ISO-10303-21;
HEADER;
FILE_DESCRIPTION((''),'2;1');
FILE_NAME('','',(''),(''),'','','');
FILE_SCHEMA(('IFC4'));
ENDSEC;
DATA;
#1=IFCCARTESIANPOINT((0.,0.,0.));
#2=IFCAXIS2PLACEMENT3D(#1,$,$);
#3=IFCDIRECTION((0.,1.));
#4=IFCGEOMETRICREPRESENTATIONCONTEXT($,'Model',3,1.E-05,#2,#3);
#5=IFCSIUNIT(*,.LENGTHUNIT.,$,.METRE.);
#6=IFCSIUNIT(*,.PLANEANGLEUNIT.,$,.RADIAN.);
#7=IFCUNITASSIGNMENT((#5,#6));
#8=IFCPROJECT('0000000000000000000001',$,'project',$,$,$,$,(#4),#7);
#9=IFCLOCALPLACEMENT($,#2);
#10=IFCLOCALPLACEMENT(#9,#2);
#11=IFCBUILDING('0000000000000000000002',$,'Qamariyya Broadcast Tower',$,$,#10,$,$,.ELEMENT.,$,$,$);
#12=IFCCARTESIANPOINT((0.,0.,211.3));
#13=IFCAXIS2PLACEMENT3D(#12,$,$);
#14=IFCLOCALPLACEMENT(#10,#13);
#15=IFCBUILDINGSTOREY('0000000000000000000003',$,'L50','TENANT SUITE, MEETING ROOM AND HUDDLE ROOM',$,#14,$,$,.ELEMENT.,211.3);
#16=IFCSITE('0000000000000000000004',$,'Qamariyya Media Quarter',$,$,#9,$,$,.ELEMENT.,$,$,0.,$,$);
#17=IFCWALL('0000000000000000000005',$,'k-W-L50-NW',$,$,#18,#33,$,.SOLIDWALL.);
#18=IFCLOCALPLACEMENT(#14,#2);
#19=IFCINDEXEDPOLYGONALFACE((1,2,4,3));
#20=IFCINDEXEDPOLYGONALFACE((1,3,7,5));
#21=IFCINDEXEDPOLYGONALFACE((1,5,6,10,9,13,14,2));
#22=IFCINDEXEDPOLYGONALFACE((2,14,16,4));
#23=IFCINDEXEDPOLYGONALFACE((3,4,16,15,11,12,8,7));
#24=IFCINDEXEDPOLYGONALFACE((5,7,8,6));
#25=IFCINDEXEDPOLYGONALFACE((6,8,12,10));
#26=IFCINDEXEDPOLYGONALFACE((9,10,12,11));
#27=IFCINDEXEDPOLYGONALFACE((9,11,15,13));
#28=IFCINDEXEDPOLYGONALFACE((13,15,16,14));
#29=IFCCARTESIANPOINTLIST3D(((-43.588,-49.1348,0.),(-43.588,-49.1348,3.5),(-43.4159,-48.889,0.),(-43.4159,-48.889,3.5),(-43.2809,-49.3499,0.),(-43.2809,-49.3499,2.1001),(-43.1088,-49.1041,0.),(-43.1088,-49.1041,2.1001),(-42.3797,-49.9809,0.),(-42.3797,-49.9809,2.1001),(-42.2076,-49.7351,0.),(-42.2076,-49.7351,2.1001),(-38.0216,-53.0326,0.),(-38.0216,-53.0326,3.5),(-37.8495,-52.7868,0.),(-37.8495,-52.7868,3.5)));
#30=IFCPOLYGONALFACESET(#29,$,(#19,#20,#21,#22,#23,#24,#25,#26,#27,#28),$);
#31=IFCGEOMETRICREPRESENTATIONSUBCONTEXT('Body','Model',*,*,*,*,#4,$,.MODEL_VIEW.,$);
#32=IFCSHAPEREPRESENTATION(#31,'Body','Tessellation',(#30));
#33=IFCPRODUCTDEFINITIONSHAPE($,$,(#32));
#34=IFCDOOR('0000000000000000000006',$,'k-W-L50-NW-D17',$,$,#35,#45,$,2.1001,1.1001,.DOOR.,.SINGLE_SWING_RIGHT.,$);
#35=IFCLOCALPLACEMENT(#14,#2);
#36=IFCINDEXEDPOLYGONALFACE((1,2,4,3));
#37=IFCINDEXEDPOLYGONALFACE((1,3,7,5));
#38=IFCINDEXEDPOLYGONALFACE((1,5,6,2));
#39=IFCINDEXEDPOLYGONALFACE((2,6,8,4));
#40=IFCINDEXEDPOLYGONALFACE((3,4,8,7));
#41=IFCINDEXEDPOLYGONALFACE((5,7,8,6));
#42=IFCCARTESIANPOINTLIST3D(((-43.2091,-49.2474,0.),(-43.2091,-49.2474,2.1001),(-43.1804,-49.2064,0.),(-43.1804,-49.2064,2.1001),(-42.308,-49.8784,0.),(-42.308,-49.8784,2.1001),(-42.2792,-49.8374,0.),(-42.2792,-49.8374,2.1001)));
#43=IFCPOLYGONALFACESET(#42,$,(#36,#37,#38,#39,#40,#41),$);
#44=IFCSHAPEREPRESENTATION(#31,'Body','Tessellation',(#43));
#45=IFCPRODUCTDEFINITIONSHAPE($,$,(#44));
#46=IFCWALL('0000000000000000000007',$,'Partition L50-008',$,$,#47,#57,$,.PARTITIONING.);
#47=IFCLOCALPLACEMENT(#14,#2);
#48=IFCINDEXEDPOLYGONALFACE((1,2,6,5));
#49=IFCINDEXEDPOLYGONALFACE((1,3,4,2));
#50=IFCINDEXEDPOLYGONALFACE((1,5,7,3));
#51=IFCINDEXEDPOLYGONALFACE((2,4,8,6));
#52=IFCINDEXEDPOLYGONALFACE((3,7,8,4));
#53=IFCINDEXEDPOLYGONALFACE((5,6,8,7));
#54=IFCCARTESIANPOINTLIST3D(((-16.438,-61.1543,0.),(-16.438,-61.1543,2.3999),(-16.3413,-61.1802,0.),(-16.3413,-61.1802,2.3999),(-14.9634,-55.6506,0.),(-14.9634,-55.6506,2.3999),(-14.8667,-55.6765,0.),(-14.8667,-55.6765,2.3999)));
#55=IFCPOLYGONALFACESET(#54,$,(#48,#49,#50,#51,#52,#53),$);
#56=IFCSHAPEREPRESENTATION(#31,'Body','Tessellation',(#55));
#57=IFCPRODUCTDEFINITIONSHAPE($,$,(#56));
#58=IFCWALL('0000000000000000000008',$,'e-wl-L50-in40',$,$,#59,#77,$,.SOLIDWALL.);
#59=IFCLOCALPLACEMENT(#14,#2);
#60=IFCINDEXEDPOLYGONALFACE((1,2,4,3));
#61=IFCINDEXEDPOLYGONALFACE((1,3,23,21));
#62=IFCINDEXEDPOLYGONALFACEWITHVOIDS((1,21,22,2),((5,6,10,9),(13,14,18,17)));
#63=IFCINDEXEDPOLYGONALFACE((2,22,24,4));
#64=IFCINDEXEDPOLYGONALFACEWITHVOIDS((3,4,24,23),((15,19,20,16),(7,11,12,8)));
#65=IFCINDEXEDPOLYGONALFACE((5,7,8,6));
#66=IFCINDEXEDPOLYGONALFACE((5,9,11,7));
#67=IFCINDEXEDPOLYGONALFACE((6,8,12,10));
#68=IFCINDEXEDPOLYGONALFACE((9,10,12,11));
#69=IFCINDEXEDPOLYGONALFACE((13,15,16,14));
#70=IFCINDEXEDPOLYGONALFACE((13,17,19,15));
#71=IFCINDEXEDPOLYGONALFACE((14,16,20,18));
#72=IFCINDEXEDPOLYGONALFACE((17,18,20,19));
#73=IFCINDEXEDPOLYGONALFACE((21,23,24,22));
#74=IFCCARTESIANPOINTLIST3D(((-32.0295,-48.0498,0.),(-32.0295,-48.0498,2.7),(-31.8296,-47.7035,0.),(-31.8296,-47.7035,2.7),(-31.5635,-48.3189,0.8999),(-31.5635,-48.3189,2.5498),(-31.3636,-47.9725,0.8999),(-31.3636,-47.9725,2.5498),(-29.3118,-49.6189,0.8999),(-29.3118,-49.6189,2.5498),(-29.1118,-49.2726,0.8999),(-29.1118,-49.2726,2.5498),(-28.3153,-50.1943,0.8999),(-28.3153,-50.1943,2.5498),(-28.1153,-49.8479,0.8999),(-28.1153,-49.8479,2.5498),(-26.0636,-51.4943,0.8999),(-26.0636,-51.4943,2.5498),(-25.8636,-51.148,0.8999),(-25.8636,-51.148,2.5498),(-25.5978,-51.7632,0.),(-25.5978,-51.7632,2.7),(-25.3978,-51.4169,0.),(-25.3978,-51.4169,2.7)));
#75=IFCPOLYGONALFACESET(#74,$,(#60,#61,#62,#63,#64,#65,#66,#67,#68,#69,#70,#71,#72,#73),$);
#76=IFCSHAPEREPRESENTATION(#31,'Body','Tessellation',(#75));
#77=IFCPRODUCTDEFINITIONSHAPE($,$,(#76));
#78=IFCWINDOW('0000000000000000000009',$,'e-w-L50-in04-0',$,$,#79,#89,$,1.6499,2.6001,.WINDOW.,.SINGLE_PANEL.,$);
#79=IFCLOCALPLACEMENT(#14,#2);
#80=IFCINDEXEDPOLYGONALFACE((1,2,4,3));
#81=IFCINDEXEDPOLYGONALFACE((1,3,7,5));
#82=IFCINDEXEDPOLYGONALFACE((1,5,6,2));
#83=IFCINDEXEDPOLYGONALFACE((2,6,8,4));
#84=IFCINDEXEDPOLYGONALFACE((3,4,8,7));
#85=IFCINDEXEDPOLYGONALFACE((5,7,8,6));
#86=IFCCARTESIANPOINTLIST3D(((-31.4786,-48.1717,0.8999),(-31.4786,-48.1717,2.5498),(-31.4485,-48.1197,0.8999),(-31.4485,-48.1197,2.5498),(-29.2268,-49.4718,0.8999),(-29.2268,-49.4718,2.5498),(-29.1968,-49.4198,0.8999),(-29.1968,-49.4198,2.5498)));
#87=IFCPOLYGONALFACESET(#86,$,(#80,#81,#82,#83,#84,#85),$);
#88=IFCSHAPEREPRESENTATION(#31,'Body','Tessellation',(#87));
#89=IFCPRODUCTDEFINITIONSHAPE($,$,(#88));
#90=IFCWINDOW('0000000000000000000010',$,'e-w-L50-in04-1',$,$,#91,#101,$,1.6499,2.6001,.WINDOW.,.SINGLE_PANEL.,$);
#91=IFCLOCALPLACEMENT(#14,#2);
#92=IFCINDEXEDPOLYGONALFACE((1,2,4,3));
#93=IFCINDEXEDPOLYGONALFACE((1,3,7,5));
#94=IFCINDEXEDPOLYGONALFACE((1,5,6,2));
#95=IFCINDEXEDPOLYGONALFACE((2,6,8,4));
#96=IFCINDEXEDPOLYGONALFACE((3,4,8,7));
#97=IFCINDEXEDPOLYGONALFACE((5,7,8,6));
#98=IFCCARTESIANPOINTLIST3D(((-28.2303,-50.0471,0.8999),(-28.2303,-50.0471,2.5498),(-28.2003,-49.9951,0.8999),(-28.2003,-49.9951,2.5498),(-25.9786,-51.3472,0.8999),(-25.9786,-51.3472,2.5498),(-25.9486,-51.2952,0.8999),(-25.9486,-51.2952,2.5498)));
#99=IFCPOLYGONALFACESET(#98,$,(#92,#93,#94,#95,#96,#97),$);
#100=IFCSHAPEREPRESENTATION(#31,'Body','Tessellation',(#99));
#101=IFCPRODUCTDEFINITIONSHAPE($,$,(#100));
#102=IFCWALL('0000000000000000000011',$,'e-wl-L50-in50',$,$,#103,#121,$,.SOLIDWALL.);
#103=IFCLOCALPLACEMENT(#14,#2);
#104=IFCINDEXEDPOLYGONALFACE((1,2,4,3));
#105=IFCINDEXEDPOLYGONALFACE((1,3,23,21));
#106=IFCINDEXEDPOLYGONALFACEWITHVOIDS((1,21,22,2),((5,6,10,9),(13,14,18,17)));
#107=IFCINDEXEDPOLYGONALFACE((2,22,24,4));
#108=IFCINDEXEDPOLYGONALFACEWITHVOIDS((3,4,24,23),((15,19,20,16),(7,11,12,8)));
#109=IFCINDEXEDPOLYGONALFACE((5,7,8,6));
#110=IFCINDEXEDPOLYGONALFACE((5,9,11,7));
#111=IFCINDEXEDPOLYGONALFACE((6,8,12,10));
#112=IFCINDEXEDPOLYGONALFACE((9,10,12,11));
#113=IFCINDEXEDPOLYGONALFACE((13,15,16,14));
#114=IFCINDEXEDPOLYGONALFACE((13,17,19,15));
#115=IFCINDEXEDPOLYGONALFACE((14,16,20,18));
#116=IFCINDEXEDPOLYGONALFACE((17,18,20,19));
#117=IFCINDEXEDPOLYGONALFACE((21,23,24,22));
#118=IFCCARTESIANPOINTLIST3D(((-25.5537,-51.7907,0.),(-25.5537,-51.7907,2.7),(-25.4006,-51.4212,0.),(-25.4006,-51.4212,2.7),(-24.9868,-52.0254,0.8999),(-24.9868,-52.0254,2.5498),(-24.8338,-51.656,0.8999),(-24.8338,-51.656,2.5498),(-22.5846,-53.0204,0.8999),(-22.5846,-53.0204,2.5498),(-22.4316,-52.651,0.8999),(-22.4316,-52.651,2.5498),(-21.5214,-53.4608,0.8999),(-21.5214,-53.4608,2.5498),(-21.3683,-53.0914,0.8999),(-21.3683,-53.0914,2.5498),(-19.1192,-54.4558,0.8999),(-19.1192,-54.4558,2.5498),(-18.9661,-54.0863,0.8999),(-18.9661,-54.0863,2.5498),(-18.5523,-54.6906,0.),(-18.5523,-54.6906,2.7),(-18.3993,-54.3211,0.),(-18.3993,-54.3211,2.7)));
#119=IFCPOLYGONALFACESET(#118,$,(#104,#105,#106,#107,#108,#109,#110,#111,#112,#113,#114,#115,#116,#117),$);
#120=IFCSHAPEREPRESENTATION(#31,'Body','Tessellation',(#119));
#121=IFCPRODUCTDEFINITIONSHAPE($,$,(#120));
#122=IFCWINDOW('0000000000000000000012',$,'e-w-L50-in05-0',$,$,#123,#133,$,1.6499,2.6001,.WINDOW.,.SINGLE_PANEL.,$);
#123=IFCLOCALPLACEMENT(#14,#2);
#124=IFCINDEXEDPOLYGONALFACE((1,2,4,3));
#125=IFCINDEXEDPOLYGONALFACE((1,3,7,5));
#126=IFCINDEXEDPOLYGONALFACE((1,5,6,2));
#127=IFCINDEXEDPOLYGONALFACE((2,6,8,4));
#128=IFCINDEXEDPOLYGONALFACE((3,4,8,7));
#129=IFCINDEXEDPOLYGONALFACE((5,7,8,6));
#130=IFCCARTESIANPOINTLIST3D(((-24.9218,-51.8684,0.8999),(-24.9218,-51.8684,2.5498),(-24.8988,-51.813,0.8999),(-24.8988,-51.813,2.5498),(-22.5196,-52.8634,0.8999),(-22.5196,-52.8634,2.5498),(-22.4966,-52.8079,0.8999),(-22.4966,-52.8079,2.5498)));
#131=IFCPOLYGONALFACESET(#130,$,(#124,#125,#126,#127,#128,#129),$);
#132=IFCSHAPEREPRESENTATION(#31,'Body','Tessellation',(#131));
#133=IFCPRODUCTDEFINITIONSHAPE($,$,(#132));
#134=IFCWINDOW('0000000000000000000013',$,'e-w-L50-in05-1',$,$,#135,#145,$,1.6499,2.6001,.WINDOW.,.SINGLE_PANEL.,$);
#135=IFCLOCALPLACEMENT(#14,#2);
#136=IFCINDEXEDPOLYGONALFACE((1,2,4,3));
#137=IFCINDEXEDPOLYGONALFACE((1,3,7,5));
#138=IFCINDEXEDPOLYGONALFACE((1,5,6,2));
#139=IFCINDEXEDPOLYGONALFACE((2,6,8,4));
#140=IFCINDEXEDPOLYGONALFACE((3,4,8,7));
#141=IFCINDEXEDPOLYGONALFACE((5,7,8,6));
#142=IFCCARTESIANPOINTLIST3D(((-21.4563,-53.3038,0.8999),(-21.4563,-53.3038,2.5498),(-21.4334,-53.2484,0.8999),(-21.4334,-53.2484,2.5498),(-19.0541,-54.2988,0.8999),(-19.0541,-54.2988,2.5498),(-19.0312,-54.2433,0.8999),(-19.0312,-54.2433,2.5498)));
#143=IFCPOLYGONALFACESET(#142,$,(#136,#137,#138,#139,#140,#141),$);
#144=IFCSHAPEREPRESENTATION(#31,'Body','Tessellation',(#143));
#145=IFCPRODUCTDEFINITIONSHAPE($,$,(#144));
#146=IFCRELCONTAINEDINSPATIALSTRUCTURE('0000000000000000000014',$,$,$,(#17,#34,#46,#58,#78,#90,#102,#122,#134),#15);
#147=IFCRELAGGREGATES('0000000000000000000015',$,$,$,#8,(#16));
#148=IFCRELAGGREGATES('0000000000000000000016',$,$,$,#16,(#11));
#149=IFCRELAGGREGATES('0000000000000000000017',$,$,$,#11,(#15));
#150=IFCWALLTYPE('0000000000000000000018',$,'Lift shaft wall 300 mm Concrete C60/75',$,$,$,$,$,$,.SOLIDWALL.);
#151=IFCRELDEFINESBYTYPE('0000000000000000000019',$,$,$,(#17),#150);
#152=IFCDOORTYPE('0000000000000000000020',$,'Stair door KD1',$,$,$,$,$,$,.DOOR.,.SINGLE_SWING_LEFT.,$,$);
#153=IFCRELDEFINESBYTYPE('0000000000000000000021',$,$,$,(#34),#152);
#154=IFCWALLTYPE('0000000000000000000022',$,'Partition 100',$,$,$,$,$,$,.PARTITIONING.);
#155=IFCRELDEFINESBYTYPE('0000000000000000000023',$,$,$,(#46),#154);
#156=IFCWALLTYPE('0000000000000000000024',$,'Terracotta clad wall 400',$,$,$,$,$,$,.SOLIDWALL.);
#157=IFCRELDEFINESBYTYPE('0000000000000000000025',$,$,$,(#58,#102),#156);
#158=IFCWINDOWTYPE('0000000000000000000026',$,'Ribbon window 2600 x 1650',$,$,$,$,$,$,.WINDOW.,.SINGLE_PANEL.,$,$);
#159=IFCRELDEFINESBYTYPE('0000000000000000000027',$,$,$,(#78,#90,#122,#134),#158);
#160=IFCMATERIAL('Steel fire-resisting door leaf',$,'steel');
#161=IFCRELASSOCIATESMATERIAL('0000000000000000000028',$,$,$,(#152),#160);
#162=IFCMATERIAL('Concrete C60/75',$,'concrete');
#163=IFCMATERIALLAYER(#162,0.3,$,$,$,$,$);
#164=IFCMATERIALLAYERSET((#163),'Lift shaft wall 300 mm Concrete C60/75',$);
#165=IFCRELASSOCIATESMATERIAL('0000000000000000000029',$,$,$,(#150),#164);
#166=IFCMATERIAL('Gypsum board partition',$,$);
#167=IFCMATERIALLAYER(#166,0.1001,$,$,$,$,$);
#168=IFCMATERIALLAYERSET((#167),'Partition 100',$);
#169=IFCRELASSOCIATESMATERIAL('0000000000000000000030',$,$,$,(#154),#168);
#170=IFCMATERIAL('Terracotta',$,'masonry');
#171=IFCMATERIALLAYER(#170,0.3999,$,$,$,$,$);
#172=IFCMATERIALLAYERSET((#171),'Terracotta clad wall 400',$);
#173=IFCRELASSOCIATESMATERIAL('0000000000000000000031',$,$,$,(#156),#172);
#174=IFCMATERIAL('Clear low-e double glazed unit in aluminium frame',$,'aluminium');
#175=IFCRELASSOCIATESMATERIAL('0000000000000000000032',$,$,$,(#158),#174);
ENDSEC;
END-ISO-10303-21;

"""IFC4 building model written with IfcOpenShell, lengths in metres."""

from ifc_helpers import new_model, si_unit, direction, frame, frame_2d, origin, place, context, subcontext, project, spatial, rectangle, extrude, material, layer, layer_set, type_object, element, fill, save


model = new_model("IFC4")

# Units and contexts
model_context = context("Model", 3, precision=1e-05, world=origin(), true_north=direction((0.0, 1.0)))
body_context = subcontext(model_context, "Body", "Model", "MODEL_VIEW")
ifc_project = project(units=[si_unit("LENGTHUNIT", "METRE"), si_unit("PLANEANGLEUNIT", "RADIAN")], contexts=[model_context])

# Site, building, storey
site_placement = place(None, origin())
site = spatial("IfcSite", under=ifc_project, at=site_placement, Name="Qamariyya Media Quarter", CompositionType="ELEMENT", RefElevation=0.0)
building_placement = place(site_placement, origin())
building = spatial("IfcBuilding", under=site, at=building_placement, Name="Qamariyya Broadcast Tower", CompositionType="ELEMENT")
storey_placement = place(building_placement, frame((0.0, 0.0, 211.3)))
storey = spatial("IfcBuildingStorey", under=building, at=storey_placement, Name="L50", Description="TENANT SUITE, MEETING ROOM AND HUDDLE ROOM", CompositionType="ELEMENT", Elevation=211.3)

# Shared definitions
ifc_material_1 = material(Name="Concrete C60/75", Category="concrete")

# Shared definitions
ifc_material_2 = material(Name="Steel fire-resisting door leaf", Category="steel")
door_type_1 = type_object("IfcDoorType", Name="Stair door KD1", OperationType="SINGLE_SWING_LEFT", PredefinedType="DOOR", material=ifc_material_2)

# Shared definitions
ifc_material_3 = material(Name="Gypsum board partition")

# Wall, opening, door
ifc_layer_1 = layer(ifc_material_1, 0.3)
ifc_layer_set_1 = layer_set([ifc_layer_1], Name="Lift shaft wall 300 mm Concrete C60/75")
wall_type_1 = type_object("IfcWallType", Name="Lift shaft wall 300 mm Concrete C60/75", PredefinedType="SOLIDWALL", material=ifc_layer_set_1)
wall_1_placement = place(storey_placement, frame((-37.9355, -52.9097, 0.0), z_axis=(0.0, 0.0, 1.0), x_axis=(-0.819148, 0.573583, 0.0)))
wall_1 = element("IfcWall", 1, at=wall_1_placement, inside=storey, type_object=wall_type_1, Name="k-W-L50-NW", PredefinedType="SOLIDWALL", context=body_context, shape_type="SweptSolid", body=[
    extrude(rectangle(XDim=6.7954, YDim=0.3, at=frame_2d((3.3977, 0.0))), origin(), (0.0, 0.0, 1.0), 3.5),
])
opening_1_placement = place(wall_1_placement, frame((5.3203, 0.0, 0.0)))
opening_1 = element("IfcOpeningElement", 2, at=opening_1_placement, cuts=wall_1, PredefinedType="OPENING", context=body_context, shape_type="SweptSolid", body=[
    extrude(rectangle(XDim=1.1001, YDim=2.1001, at=frame_2d((0.55, 1.05))), frame((0.0, 0.1599, 0.0), z_axis=(0.0, -1.0, 0.0), x_axis=(1.0, 0.0, 0.0)), (0.0, 0.0, 1.0), 0.3201),
])
door_1_placement = place(opening_1_placement, origin())
door_1 = element("IfcDoor", 3, at=door_1_placement, inside=storey, type_object=door_type_1, Name="k-W-L50-NW-D17", OperationType="SINGLE_SWING_RIGHT", OverallHeight=2.1001, OverallWidth=1.1001, PredefinedType="DOOR", context=body_context, shape_type="SweptSolid", body=[
    extrude(rectangle(XDim=1.1001, YDim=2.1001, at=frame_2d((0.55, 1.05))), frame((0.0, 0.0249, 0.0), z_axis=(0.0, -1.0, 0.0), x_axis=(1.0, 0.0, 0.0)), (0.0, 0.0, 1.0), 0.05),
])
fill(opening_1, door_1)

# Wall
ifc_layer_2 = layer(ifc_material_3, 0.1001)
ifc_layer_set_2 = layer_set([ifc_layer_2], Name="Partition 100")
wall_type_2 = type_object("IfcWallType", Name="Partition 100", PredefinedType="PARTITIONING", material=ifc_layer_set_2)
wall_2_placement = place(storey_placement, frame((-14.915, -55.6636, 0.0), z_axis=(0.0, 0.0, 1.0), x_axis=(-0.258804, -0.96593, 0.0)))
element("IfcWall", 4, at=wall_2_placement, inside=storey, type_object=wall_type_2, Name="Partition L50-008", PredefinedType="PARTITIONING", context=body_context, shape_type="SweptSolid", body=[
    extrude(rectangle(XDim=5.6978, YDim=0.1001, at=frame_2d((2.8489, 0.0))), origin(), (0.0, 0.0, 1.0), 2.3999),
])

# Walls, openings, windows
ifc_material_4 = material(Name="Terracotta", Category="masonry")
ifc_layer_3 = layer(ifc_material_4, 0.3999)
ifc_layer_set_3 = layer_set([ifc_layer_3], Name="Terracotta clad wall 400")
wall_type_3 = type_object("IfcWallType", Name="Terracotta clad wall 400", PredefinedType="SOLIDWALL", material=ifc_layer_set_3)
wall_3_placement = place(storey_placement, frame((-25.4978, -51.5901, 0.0), z_axis=(0.0, 0.0, 1.0), x_axis=(-0.866021, 0.500007, 0.0)))
wall_3 = element("IfcWall", 5, at=wall_3_placement, inside=storey, type_object=wall_type_3, Name="e-wl-L50-in40", PredefinedType="SOLIDWALL", context=body_context, shape_type="SweptSolid", body=[
    extrude(rectangle(XDim=7.4268, YDim=0.3999, at=frame_2d((3.7134, 0.0))), origin(), (0.0, 0.0, 1.0), 2.7),
])
opening_2_placement = place(wall_3_placement, frame((4.2886, 0.0, 0.8999)))
opening_2 = element("IfcOpeningElement", 6, at=opening_2_placement, cuts=wall_3, PredefinedType="OPENING", context=body_context, shape_type="SweptSolid", body=[
    extrude(rectangle(XDim=2.6001, YDim=1.6499, at=frame_2d((1.3, 0.825))), frame((0.0, 0.21, 0.0), z_axis=(0.0, -1.0, 0.0), x_axis=(1.0, 0.0, 0.0)), (0.0, 0.0, 1.0), 0.4199),
])
opening_3_placement = place(wall_3_placement, frame((0.5378, 0.0, 0.8999)))
opening_3 = element("IfcOpeningElement", 7, at=opening_3_placement, cuts=wall_3, PredefinedType="OPENING", context=body_context, shape_type="SweptSolid", body=[
    extrude(rectangle(XDim=2.6001, YDim=1.6499, at=frame_2d((1.3, 0.825))), frame((0.0, 0.21, 0.0), z_axis=(0.0, -1.0, 0.0), x_axis=(1.0, 0.0, 0.0)), (0.0, 0.0, 1.0), 0.4199),
])
ifc_material_5 = material(Name="Clear low-e double glazed unit in aluminium frame", Category="aluminium")
window_type = type_object("IfcWindowType", Name="Ribbon window 2600 x 1650", PartitioningType="SINGLE_PANEL", PredefinedType="WINDOW", material=ifc_material_5)
window_1_placement = place(opening_2_placement, origin())
window_1 = element("IfcWindow", 8, at=window_1_placement, inside=storey, type_object=window_type, Name="e-w-L50-in04-0", OverallHeight=1.6499, OverallWidth=2.6001, PartitioningType="SINGLE_PANEL", PredefinedType="WINDOW", context=body_context, shape_type="SweptSolid", body=[
    extrude(rectangle(XDim=2.6001, YDim=1.6499, at=frame_2d((1.3, 0.825))), frame((0.0, 0.03, 0.0), z_axis=(0.0, -1.0, 0.0), x_axis=(1.0, 0.0, 0.0)), (0.0, 0.0, 1.0), 0.0601),
])
fill(opening_2, window_1)
window_2_placement = place(opening_3_placement, origin())
window_2 = element("IfcWindow", 9, at=window_2_placement, inside=storey, type_object=window_type, Name="e-w-L50-in04-1", OverallHeight=1.6499, OverallWidth=2.6001, PartitioningType="SINGLE_PANEL", PredefinedType="WINDOW", context=body_context, shape_type="SweptSolid", body=[
    extrude(rectangle(XDim=2.6001, YDim=1.6499, at=frame_2d((1.3, 0.825))), frame((0.0, 0.03, 0.0), z_axis=(0.0, -1.0, 0.0), x_axis=(1.0, 0.0, 0.0)), (0.0, 0.0, 1.0), 0.0601),
])
fill(opening_3, window_2)
wall_4_placement = place(storey_placement, frame((-18.4758, -54.5059, 0.0), z_axis=(0.0, 0.0, 1.0), x_axis=(-0.923884, 0.382672, 0.0)))
wall_4 = element("IfcWall", 10, at=wall_4_placement, inside=storey, type_object=wall_type_3, Name="e-wl-L50-in50", PredefinedType="SOLIDWALL", context=body_context, shape_type="SweptSolid", body=[
    extrude(rectangle(XDim=7.5781, YDim=0.3999, at=frame_2d((3.7891, 0.0))), origin(), (0.0, 0.0, 1.0), 2.7),
])
opening_4_placement = place(wall_4_placement, frame((4.3645, 0.0, 0.8999)))
opening_4 = element("IfcOpeningElement", 11, at=opening_4_placement, cuts=wall_4, PredefinedType="OPENING", context=body_context, shape_type="SweptSolid", body=[
    extrude(rectangle(XDim=2.6001, YDim=1.6499, at=frame_2d((1.3, 0.825))), frame((0.0, 0.21, 0.0), z_axis=(0.0, -1.0, 0.0), x_axis=(1.0, 0.0, 0.0)), (0.0, 0.0, 1.0), 0.4199),
])
opening_5_placement = place(wall_4_placement, frame((0.6135, 0.0, 0.8999)))
opening_5 = element("IfcOpeningElement", 12, at=opening_5_placement, cuts=wall_4, PredefinedType="OPENING", context=body_context, shape_type="SweptSolid", body=[
    extrude(rectangle(XDim=2.6001, YDim=1.6499, at=frame_2d((1.3, 0.825))), frame((0.0, 0.21, 0.0), z_axis=(0.0, -1.0, 0.0), x_axis=(1.0, 0.0, 0.0)), (0.0, 0.0, 1.0), 0.4199),
])
window_3_placement = place(opening_4_placement, origin())
window_3 = element("IfcWindow", 13, at=window_3_placement, inside=storey, type_object=window_type, Name="e-w-L50-in05-0", OverallHeight=1.6499, OverallWidth=2.6001, PartitioningType="SINGLE_PANEL", PredefinedType="WINDOW", context=body_context, shape_type="SweptSolid", body=[
    extrude(rectangle(XDim=2.6001, YDim=1.6499, at=frame_2d((1.3, 0.825))), frame((0.0, 0.03, 0.0), z_axis=(0.0, -1.0, 0.0), x_axis=(1.0, 0.0, 0.0)), (0.0, 0.0, 1.0), 0.0601),
])
fill(opening_4, window_3)
window_4_placement = place(opening_5_placement, origin())
window_4 = element("IfcWindow", 14, at=window_4_placement, inside=storey, type_object=window_type, Name="e-w-L50-in05-1", OverallHeight=1.6499, OverallWidth=2.6001, PartitioningType="SINGLE_PANEL", PredefinedType="WINDOW", context=body_context, shape_type="SweptSolid", body=[
    extrude(rectangle(XDim=2.6001, YDim=1.6499, at=frame_2d((1.3, 0.825))), frame((0.0, 0.03, 0.0), z_axis=(0.0, -1.0, 0.0), x_axis=(1.0, 0.0, 0.0)), (0.0, 0.0, 1.0), 0.0601),
])
fill(opening_5, window_4)

save(model, "model.ifc")
